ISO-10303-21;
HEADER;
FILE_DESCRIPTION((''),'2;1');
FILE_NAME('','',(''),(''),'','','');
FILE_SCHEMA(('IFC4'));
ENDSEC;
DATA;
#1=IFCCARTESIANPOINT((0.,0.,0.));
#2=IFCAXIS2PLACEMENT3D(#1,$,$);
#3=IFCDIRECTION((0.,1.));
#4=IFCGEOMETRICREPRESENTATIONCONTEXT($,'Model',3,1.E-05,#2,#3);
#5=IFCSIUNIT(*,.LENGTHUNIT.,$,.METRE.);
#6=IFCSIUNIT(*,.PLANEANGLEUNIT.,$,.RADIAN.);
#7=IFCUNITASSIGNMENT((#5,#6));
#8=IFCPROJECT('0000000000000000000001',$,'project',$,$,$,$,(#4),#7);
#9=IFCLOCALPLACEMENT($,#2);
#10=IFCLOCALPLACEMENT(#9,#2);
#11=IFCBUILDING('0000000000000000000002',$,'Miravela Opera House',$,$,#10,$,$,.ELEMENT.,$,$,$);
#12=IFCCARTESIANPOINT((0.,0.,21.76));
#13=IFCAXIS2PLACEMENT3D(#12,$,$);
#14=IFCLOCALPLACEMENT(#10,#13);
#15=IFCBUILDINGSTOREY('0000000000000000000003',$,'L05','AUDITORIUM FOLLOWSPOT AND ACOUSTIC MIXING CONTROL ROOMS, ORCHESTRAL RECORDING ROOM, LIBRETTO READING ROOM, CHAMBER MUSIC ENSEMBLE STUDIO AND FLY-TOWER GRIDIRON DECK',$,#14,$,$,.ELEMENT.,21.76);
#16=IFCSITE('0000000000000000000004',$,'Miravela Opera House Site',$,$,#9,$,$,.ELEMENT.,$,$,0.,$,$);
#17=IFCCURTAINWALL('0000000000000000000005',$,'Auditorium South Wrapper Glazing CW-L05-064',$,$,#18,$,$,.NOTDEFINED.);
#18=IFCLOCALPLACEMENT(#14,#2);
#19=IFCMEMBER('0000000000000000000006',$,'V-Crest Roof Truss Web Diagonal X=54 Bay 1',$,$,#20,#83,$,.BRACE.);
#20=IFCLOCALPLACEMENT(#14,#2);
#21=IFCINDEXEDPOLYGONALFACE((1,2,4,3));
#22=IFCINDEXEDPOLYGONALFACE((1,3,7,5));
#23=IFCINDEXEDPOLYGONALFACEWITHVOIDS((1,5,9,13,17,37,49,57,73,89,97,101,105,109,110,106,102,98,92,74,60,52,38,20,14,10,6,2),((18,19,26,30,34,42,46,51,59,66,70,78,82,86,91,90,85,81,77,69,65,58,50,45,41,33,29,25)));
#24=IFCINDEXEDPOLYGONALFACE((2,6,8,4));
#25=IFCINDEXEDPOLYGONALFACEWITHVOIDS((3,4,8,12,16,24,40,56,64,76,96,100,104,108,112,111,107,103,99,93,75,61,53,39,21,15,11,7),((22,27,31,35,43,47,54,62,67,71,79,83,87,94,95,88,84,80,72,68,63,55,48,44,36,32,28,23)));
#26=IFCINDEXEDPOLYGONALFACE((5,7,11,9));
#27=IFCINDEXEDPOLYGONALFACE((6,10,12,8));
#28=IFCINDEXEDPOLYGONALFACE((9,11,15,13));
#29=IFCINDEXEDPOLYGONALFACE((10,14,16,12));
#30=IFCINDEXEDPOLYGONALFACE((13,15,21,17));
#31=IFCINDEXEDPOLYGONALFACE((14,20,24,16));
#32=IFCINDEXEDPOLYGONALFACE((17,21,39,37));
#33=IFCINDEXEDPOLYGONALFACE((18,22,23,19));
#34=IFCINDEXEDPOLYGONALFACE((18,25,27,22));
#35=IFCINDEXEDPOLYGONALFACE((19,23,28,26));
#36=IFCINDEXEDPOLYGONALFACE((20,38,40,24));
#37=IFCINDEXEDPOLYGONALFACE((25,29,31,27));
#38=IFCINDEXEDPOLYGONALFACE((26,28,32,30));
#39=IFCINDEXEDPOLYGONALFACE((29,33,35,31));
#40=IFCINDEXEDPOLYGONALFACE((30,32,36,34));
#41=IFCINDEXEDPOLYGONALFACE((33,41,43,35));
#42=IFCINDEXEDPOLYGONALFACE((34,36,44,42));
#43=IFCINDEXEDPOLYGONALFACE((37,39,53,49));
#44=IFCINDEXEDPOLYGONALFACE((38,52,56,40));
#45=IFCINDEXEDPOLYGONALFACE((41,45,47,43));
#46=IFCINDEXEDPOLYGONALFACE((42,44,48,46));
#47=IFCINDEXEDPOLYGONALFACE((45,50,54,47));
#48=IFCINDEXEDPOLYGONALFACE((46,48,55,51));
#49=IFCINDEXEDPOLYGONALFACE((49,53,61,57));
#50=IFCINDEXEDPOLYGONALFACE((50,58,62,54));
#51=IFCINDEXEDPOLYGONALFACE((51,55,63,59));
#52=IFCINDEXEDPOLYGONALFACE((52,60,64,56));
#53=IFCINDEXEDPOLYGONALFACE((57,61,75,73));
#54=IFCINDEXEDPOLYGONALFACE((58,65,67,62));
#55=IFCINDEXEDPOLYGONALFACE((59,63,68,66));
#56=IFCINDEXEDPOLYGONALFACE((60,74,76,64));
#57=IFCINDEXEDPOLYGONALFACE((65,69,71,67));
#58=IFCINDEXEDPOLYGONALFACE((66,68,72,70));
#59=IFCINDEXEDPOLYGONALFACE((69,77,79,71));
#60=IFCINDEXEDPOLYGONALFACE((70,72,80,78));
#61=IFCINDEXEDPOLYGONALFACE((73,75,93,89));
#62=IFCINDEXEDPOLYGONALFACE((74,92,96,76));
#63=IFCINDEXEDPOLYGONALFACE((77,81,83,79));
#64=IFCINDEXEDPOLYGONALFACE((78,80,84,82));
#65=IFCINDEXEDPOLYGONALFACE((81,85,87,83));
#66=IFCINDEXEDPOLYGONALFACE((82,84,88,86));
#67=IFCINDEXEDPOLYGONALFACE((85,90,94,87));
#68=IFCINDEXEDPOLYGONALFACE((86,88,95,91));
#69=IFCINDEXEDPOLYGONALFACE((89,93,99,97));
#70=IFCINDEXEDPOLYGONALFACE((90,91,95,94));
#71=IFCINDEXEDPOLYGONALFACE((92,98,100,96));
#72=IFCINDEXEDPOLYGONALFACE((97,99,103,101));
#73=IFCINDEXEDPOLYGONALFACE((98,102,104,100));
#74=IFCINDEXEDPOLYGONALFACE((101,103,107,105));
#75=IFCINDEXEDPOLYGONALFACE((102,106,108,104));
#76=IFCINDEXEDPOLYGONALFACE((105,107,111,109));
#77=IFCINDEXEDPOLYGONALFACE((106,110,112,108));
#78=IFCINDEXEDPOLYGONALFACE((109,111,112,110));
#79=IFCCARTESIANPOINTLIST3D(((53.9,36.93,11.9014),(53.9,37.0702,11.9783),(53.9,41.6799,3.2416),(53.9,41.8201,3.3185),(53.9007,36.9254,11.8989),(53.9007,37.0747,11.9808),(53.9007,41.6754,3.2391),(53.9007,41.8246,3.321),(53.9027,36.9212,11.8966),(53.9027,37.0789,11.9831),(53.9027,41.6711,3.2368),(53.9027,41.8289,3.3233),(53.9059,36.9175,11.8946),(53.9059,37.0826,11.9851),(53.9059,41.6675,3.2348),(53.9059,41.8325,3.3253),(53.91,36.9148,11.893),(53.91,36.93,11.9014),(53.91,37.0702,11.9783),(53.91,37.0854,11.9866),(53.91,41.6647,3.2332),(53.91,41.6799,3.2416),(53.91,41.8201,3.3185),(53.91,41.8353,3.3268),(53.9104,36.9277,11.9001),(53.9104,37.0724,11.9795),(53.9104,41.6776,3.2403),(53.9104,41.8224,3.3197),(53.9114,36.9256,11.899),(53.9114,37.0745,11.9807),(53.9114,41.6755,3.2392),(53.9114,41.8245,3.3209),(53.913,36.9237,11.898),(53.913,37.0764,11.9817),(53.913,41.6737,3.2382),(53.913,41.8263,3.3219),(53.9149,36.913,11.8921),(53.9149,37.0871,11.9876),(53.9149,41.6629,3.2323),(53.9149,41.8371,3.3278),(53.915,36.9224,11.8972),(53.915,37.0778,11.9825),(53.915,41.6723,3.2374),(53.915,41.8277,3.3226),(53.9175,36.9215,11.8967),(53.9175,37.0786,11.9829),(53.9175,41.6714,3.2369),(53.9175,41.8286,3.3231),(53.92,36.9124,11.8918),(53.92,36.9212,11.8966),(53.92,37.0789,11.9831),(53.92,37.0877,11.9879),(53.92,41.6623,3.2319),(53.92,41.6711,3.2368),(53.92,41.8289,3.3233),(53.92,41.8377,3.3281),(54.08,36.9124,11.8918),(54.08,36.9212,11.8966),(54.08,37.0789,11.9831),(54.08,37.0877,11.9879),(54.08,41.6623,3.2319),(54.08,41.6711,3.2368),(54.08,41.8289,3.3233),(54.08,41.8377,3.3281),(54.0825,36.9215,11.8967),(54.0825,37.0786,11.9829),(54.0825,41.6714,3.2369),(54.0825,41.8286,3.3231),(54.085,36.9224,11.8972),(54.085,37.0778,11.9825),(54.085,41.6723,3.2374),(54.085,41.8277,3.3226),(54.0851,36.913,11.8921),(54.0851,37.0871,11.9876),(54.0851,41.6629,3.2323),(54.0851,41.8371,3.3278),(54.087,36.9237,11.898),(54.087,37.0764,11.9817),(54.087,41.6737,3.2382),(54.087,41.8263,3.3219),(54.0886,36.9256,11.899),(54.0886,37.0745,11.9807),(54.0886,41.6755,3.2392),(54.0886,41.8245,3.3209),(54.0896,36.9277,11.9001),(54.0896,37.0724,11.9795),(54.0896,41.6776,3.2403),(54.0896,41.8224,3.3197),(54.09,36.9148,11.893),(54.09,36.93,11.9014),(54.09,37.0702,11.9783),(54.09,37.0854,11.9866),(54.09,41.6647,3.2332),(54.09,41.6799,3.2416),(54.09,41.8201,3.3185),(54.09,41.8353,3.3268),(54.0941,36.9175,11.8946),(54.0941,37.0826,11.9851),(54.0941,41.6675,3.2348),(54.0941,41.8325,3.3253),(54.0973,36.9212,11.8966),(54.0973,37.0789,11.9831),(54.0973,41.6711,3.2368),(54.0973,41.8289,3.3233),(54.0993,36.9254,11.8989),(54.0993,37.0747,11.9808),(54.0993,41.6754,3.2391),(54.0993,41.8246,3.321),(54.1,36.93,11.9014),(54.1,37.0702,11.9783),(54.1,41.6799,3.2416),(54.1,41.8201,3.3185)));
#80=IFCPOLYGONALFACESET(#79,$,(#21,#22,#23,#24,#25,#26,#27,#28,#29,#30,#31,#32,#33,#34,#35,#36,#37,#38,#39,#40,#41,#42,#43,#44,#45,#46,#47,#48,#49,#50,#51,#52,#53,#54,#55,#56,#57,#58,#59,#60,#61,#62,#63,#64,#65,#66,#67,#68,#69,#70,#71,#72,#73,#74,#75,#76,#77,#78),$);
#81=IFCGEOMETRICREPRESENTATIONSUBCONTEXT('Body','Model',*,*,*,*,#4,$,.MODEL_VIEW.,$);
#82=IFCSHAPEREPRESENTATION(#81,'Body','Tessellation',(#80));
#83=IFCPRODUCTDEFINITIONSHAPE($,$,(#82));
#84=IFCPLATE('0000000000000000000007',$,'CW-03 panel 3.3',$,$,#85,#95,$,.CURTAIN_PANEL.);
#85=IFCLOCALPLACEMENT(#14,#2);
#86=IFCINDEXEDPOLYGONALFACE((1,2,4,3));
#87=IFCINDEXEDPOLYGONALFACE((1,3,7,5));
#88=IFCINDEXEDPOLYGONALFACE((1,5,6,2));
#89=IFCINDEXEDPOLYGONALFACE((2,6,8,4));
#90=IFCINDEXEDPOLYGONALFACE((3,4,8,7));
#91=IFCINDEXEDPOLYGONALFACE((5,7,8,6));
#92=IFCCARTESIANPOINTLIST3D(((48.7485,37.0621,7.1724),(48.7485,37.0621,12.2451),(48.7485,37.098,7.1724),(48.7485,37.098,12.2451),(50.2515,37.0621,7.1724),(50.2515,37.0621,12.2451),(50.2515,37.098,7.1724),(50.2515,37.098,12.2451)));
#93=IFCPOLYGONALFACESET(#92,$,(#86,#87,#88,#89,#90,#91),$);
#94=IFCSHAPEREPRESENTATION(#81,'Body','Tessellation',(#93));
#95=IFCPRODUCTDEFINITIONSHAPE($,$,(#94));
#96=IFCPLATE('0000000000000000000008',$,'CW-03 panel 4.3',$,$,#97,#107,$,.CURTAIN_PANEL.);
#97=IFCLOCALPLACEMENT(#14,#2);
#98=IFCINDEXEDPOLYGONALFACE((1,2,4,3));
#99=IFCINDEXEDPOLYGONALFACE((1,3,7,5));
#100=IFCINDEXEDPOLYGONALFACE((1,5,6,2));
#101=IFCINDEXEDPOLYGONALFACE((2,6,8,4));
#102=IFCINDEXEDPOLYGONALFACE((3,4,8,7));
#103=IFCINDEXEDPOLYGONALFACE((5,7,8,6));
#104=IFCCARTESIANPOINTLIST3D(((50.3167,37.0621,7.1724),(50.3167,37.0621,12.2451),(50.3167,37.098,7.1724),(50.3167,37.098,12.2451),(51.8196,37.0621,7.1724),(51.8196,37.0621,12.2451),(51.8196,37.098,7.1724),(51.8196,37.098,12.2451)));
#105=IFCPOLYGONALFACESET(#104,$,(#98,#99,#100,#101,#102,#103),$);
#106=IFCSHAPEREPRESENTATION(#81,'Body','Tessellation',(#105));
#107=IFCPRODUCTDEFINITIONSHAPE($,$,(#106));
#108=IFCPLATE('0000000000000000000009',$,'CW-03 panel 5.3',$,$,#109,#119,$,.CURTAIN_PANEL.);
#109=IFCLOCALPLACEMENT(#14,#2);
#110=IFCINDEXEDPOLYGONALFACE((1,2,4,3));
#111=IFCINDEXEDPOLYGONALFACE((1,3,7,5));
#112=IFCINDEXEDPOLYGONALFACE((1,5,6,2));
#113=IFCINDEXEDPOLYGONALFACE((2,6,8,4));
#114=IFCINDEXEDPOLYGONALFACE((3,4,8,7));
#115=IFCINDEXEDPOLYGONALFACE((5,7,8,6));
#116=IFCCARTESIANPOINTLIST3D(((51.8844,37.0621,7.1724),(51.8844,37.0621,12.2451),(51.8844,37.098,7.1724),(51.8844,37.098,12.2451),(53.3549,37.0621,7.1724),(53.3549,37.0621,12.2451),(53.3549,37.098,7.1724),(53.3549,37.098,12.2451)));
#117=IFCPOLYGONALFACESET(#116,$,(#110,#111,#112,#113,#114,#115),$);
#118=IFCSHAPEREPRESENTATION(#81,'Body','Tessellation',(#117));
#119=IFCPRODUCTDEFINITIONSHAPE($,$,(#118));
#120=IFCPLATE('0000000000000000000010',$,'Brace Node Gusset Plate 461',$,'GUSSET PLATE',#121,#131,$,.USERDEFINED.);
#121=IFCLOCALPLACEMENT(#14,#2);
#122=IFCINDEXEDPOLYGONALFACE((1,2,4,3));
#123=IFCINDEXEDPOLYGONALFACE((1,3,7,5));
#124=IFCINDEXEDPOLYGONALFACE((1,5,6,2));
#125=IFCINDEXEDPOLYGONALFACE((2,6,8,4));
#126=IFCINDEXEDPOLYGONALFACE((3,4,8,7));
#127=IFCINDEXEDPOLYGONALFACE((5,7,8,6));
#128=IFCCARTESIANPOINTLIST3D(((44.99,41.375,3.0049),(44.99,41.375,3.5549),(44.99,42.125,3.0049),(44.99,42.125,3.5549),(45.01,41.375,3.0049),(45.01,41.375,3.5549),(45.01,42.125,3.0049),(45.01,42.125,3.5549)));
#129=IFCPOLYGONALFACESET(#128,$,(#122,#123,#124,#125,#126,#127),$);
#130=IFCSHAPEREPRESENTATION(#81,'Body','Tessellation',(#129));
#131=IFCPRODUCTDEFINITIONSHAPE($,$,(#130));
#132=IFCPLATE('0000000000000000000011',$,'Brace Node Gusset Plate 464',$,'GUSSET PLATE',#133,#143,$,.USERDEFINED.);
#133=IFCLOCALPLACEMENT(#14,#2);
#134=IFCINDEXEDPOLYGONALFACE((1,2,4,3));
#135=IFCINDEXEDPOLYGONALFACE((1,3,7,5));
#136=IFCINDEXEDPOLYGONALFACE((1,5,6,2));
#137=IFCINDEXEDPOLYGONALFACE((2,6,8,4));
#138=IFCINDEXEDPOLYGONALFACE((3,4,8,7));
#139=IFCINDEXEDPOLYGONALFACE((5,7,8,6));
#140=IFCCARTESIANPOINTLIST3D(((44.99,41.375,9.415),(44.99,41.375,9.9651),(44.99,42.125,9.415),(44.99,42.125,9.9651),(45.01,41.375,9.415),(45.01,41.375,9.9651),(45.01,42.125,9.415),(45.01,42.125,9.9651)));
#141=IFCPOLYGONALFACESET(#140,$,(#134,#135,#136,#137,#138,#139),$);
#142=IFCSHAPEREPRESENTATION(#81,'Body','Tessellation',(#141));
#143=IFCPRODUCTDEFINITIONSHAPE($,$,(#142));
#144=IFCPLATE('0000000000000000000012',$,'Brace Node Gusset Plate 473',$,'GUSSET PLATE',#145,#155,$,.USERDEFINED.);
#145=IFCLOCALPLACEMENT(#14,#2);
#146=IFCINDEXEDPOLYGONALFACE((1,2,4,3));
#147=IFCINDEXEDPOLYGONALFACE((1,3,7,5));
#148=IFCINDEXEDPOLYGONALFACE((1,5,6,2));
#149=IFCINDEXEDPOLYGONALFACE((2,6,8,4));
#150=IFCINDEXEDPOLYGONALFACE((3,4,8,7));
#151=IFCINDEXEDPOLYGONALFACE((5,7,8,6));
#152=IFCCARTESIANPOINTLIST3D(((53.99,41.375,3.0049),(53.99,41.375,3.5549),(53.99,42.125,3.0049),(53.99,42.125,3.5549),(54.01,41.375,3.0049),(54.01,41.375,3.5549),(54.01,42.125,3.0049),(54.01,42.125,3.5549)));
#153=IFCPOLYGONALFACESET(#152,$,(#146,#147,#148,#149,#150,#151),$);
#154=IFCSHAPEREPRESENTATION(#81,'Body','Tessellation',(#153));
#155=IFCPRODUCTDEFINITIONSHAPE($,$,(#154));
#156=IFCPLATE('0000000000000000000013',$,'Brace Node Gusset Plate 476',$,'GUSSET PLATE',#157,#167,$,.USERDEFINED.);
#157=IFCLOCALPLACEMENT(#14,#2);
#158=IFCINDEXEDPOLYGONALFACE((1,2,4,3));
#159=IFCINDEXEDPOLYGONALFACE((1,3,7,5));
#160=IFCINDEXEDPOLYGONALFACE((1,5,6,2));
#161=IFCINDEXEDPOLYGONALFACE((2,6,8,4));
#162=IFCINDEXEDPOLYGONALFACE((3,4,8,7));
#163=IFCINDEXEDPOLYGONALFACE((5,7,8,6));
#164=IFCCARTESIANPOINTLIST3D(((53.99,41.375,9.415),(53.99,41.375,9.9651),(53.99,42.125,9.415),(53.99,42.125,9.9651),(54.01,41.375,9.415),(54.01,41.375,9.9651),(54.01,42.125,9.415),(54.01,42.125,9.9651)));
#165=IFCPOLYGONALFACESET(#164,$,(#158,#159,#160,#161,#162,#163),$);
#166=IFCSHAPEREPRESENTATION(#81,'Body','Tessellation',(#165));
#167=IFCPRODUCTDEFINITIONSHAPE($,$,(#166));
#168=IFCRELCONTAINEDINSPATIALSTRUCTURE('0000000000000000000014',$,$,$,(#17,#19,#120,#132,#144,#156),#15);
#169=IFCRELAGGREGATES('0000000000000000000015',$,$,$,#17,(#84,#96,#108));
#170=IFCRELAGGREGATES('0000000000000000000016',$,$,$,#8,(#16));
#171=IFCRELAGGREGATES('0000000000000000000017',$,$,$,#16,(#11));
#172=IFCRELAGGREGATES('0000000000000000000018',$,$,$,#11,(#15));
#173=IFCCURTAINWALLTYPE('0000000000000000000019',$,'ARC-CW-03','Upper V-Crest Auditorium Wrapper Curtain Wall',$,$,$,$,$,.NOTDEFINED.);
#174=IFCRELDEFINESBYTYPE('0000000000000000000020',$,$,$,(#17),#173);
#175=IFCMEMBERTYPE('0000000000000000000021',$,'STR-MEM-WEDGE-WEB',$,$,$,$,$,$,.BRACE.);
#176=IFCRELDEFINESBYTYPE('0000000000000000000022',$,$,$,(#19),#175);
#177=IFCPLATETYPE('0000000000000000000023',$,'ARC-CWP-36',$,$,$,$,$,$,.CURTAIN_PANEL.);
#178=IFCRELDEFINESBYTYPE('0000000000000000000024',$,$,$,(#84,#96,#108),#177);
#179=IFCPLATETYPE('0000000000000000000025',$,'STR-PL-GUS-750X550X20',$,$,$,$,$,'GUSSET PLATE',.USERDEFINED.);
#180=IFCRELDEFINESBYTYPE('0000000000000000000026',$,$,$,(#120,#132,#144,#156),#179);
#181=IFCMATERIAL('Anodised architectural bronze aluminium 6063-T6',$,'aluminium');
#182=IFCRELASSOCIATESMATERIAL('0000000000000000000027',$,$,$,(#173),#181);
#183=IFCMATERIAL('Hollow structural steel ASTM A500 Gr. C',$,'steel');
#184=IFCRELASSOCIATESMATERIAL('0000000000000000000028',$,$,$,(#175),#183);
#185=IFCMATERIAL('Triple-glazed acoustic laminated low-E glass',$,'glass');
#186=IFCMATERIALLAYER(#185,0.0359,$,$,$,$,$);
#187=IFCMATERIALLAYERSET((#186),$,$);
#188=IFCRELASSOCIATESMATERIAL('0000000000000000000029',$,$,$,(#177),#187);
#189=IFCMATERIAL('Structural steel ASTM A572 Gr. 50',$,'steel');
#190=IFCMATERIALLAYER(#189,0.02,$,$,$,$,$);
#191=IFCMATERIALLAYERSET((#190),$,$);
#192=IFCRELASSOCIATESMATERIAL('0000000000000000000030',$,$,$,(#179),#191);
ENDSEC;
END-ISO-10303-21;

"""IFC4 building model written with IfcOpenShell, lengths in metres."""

from ifc_helpers import new_model, si_unit, direction, frame, origin, origin_2d, place, context, subcontext, project, spatial, rectangle, hollow_rectangle, extrude, material, layer, layer_set, material_profile, profile_set, type_object, element, aggregate, save


model = new_model("IFC4")

# Units and contexts
model_context = context("Model", 3, precision=1e-05, world=origin(), true_north=direction((0.0, 1.0)))
body_context = subcontext(model_context, "Body", "Model", "MODEL_VIEW")
ifc_project = project(units=[si_unit("LENGTHUNIT", "METRE"), si_unit("PLANEANGLEUNIT", "RADIAN")], contexts=[model_context])

# Site, building, storey
site_placement = place(None, origin())
site = spatial("IfcSite", under=ifc_project, at=site_placement, Name="Miravela Opera House Site", CompositionType="ELEMENT", RefElevation=0.0)
building_placement = place(site_placement, origin())
building = spatial("IfcBuilding", under=site, at=building_placement, Name="Miravela Opera House", CompositionType="ELEMENT")
storey_placement = place(building_placement, frame((0.0, 0.0, 21.76)))
storey = spatial("IfcBuildingStorey", under=building, at=storey_placement, Name="L05", Description="AUDITORIUM FOLLOWSPOT AND ACOUSTIC MIXING CONTROL ROOMS, ORCHESTRAL RECORDING ROOM, LIBRETTO READING ROOM, CHAMBER MUSIC ENSEMBLE STUDIO AND FLY-TOWER GRIDIRON DECK", CompositionType="ELEMENT", Elevation=21.76)

# Curtain wall
ifc_material_1 = material(Name="Anodised architectural bronze aluminium 6063-T6", Category="aluminium")
curtain_wall_type = type_object("IfcCurtainWallType", Name="ARC-CW-03", Description="Upper V-Crest Auditorium Wrapper Curtain Wall", PredefinedType="NOTDEFINED", material=ifc_material_1)
curtain_wall_1_placement = place(storey_placement, origin())
curtain_wall_1 = element("IfcCurtainWall", 1, at=curtain_wall_1_placement, inside=storey, type_object=curtain_wall_type, Name="Auditorium South Wrapper Glazing CW-L05-064", PredefinedType="NOTDEFINED")

# Member
ifc_material_2 = material(Name="Hollow structural steel ASTM A500 Gr. C", Category="steel")
ifc_material_profile_1 = material_profile(ifc_material_2, hollow_rectangle(XDim=0.2, YDim=0.2, WallThickness=0.01, InnerFilletRadius=0.01, OuterFilletRadius=0.02, at=origin_2d()), Name="HSS200X200X10")
ifc_profile_set_1 = profile_set([ifc_material_profile_1])
member_type_1 = type_object("IfcMemberType", Name="STR-MEM-WEDGE-WEB", PredefinedType="BRACE", material=ifc_profile_set_1)
for number, where, z_axis, x_axis, name in (
    (2, (54.0, 41.75, 3.28), (0.0, -0.480912, 0.876769), (1.0, 0.0, 0.0), "V-Crest Roof Truss Web Diagonal X=54 Bay 1"),
):
    element("IfcMember", number, at=place(storey_placement, frame(where, z_axis=z_axis, x_axis=x_axis)), inside=storey, type_object=member_type_1, Name=name, PredefinedType="BRACE", context=body_context, shape_type="SweptSolid", body=[
        extrude(hollow_rectangle(XDim=0.2, YDim=0.2, WallThickness=0.01, InnerFilletRadius=0.01, OuterFilletRadius=0.02, at=origin_2d()), origin(), (0.0, 0.0, 1.0), 9.877),
    ])

# Plates
ifc_material_3 = material(Name="Triple-glazed acoustic laminated low-E glass", Category="glass")
ifc_layer_1 = layer(ifc_material_3, 0.0359)
ifc_layer_set_1 = layer_set([ifc_layer_1])
plate_type_1 = type_object("IfcPlateType", Name="ARC-CWP-36", PredefinedType="CURTAIN_PANEL", material=ifc_layer_set_1)
plate_1_placement = place(storey_placement, frame((49.5, 37.0801, 7.1724), z_axis=(0.0, 0.0, 1.0), x_axis=(1.0, 0.0, 0.0)))
plate_1 = element("IfcPlate", 3, at=plate_1_placement, type_object=plate_type_1, Name="CW-03 panel 3.3", PredefinedType="CURTAIN_PANEL", context=body_context, shape_type="SweptSolid", body=[
    extrude(rectangle(XDim=1.5029, YDim=0.0359, at=origin_2d()), origin(), (0.0, 0.0, 1.0), 5.0728),
])
plate_2_placement = place(storey_placement, frame((51.0681, 37.0801, 7.1724), z_axis=(0.0, 0.0, 1.0), x_axis=(1.0, 0.0, 0.0)))
plate_2 = element("IfcPlate", 4, at=plate_2_placement, type_object=plate_type_1, Name="CW-03 panel 4.3", PredefinedType="CURTAIN_PANEL", context=body_context, shape_type="SweptSolid", body=[
    extrude(rectangle(XDim=1.5029, YDim=0.0359, at=origin_2d()), origin(), (0.0, 0.0, 1.0), 5.0728),
])
plate_3_placement = place(storey_placement, frame((52.6196, 37.0801, 7.1724), z_axis=(0.0, 0.0, 1.0), x_axis=(1.0, 0.0, 0.0)))
plate_3 = element("IfcPlate", 5, at=plate_3_placement, type_object=plate_type_1, Name="CW-03 panel 5.3", PredefinedType="CURTAIN_PANEL", context=body_context, shape_type="SweptSolid", body=[
    extrude(rectangle(XDim=1.4705, YDim=0.0359, at=origin_2d()), origin(), (0.0, 0.0, 1.0), 5.0728),
])
aggregate(curtain_wall_1, [plate_1, plate_2, plate_3])

# Plates
ifc_material_4 = material(Name="Structural steel ASTM A572 Gr. 50", Category="steel")
ifc_layer_2 = layer(ifc_material_4, 0.02)
ifc_layer_set_2 = layer_set([ifc_layer_2])
plate_type_2 = type_object("IfcPlateType", Name="STR-PL-GUS-750X550X20", ElementType="GUSSET PLATE", PredefinedType="USERDEFINED", material=ifc_layer_set_2)
for number, where, z_axis, x_axis, name in (
    (6, (45.0, 41.75, 3.0049), (0.0, 0.0, 1.0), (0.0, 1.0, 0.0), "Brace Node Gusset Plate 461"),
    (7, (45.0, 41.75, 9.415), (0.0, 0.0, 1.0), (0.0, 1.0, 0.0), "Brace Node Gusset Plate 464"),
    (8, (54.0, 41.75, 3.0049), (0.0, 0.0, 1.0), (0.0, 1.0, 0.0), "Brace Node Gusset Plate 473"),
    (9, (54.0, 41.75, 9.415), (0.0, 0.0, 1.0), (0.0, 1.0, 0.0), "Brace Node Gusset Plate 476"),
):
    element("IfcPlate", number, at=place(storey_placement, frame(where, z_axis=z_axis, x_axis=x_axis)), inside=storey, type_object=plate_type_2, Name=name, ObjectType="GUSSET PLATE", PredefinedType="USERDEFINED", context=body_context, shape_type="SweptSolid", body=[
        extrude(rectangle(XDim=0.75, YDim=0.02, at=origin_2d()), origin(), (0.0, 0.0, 1.0), 0.55),
    ])

save(model, "model.ifc")
